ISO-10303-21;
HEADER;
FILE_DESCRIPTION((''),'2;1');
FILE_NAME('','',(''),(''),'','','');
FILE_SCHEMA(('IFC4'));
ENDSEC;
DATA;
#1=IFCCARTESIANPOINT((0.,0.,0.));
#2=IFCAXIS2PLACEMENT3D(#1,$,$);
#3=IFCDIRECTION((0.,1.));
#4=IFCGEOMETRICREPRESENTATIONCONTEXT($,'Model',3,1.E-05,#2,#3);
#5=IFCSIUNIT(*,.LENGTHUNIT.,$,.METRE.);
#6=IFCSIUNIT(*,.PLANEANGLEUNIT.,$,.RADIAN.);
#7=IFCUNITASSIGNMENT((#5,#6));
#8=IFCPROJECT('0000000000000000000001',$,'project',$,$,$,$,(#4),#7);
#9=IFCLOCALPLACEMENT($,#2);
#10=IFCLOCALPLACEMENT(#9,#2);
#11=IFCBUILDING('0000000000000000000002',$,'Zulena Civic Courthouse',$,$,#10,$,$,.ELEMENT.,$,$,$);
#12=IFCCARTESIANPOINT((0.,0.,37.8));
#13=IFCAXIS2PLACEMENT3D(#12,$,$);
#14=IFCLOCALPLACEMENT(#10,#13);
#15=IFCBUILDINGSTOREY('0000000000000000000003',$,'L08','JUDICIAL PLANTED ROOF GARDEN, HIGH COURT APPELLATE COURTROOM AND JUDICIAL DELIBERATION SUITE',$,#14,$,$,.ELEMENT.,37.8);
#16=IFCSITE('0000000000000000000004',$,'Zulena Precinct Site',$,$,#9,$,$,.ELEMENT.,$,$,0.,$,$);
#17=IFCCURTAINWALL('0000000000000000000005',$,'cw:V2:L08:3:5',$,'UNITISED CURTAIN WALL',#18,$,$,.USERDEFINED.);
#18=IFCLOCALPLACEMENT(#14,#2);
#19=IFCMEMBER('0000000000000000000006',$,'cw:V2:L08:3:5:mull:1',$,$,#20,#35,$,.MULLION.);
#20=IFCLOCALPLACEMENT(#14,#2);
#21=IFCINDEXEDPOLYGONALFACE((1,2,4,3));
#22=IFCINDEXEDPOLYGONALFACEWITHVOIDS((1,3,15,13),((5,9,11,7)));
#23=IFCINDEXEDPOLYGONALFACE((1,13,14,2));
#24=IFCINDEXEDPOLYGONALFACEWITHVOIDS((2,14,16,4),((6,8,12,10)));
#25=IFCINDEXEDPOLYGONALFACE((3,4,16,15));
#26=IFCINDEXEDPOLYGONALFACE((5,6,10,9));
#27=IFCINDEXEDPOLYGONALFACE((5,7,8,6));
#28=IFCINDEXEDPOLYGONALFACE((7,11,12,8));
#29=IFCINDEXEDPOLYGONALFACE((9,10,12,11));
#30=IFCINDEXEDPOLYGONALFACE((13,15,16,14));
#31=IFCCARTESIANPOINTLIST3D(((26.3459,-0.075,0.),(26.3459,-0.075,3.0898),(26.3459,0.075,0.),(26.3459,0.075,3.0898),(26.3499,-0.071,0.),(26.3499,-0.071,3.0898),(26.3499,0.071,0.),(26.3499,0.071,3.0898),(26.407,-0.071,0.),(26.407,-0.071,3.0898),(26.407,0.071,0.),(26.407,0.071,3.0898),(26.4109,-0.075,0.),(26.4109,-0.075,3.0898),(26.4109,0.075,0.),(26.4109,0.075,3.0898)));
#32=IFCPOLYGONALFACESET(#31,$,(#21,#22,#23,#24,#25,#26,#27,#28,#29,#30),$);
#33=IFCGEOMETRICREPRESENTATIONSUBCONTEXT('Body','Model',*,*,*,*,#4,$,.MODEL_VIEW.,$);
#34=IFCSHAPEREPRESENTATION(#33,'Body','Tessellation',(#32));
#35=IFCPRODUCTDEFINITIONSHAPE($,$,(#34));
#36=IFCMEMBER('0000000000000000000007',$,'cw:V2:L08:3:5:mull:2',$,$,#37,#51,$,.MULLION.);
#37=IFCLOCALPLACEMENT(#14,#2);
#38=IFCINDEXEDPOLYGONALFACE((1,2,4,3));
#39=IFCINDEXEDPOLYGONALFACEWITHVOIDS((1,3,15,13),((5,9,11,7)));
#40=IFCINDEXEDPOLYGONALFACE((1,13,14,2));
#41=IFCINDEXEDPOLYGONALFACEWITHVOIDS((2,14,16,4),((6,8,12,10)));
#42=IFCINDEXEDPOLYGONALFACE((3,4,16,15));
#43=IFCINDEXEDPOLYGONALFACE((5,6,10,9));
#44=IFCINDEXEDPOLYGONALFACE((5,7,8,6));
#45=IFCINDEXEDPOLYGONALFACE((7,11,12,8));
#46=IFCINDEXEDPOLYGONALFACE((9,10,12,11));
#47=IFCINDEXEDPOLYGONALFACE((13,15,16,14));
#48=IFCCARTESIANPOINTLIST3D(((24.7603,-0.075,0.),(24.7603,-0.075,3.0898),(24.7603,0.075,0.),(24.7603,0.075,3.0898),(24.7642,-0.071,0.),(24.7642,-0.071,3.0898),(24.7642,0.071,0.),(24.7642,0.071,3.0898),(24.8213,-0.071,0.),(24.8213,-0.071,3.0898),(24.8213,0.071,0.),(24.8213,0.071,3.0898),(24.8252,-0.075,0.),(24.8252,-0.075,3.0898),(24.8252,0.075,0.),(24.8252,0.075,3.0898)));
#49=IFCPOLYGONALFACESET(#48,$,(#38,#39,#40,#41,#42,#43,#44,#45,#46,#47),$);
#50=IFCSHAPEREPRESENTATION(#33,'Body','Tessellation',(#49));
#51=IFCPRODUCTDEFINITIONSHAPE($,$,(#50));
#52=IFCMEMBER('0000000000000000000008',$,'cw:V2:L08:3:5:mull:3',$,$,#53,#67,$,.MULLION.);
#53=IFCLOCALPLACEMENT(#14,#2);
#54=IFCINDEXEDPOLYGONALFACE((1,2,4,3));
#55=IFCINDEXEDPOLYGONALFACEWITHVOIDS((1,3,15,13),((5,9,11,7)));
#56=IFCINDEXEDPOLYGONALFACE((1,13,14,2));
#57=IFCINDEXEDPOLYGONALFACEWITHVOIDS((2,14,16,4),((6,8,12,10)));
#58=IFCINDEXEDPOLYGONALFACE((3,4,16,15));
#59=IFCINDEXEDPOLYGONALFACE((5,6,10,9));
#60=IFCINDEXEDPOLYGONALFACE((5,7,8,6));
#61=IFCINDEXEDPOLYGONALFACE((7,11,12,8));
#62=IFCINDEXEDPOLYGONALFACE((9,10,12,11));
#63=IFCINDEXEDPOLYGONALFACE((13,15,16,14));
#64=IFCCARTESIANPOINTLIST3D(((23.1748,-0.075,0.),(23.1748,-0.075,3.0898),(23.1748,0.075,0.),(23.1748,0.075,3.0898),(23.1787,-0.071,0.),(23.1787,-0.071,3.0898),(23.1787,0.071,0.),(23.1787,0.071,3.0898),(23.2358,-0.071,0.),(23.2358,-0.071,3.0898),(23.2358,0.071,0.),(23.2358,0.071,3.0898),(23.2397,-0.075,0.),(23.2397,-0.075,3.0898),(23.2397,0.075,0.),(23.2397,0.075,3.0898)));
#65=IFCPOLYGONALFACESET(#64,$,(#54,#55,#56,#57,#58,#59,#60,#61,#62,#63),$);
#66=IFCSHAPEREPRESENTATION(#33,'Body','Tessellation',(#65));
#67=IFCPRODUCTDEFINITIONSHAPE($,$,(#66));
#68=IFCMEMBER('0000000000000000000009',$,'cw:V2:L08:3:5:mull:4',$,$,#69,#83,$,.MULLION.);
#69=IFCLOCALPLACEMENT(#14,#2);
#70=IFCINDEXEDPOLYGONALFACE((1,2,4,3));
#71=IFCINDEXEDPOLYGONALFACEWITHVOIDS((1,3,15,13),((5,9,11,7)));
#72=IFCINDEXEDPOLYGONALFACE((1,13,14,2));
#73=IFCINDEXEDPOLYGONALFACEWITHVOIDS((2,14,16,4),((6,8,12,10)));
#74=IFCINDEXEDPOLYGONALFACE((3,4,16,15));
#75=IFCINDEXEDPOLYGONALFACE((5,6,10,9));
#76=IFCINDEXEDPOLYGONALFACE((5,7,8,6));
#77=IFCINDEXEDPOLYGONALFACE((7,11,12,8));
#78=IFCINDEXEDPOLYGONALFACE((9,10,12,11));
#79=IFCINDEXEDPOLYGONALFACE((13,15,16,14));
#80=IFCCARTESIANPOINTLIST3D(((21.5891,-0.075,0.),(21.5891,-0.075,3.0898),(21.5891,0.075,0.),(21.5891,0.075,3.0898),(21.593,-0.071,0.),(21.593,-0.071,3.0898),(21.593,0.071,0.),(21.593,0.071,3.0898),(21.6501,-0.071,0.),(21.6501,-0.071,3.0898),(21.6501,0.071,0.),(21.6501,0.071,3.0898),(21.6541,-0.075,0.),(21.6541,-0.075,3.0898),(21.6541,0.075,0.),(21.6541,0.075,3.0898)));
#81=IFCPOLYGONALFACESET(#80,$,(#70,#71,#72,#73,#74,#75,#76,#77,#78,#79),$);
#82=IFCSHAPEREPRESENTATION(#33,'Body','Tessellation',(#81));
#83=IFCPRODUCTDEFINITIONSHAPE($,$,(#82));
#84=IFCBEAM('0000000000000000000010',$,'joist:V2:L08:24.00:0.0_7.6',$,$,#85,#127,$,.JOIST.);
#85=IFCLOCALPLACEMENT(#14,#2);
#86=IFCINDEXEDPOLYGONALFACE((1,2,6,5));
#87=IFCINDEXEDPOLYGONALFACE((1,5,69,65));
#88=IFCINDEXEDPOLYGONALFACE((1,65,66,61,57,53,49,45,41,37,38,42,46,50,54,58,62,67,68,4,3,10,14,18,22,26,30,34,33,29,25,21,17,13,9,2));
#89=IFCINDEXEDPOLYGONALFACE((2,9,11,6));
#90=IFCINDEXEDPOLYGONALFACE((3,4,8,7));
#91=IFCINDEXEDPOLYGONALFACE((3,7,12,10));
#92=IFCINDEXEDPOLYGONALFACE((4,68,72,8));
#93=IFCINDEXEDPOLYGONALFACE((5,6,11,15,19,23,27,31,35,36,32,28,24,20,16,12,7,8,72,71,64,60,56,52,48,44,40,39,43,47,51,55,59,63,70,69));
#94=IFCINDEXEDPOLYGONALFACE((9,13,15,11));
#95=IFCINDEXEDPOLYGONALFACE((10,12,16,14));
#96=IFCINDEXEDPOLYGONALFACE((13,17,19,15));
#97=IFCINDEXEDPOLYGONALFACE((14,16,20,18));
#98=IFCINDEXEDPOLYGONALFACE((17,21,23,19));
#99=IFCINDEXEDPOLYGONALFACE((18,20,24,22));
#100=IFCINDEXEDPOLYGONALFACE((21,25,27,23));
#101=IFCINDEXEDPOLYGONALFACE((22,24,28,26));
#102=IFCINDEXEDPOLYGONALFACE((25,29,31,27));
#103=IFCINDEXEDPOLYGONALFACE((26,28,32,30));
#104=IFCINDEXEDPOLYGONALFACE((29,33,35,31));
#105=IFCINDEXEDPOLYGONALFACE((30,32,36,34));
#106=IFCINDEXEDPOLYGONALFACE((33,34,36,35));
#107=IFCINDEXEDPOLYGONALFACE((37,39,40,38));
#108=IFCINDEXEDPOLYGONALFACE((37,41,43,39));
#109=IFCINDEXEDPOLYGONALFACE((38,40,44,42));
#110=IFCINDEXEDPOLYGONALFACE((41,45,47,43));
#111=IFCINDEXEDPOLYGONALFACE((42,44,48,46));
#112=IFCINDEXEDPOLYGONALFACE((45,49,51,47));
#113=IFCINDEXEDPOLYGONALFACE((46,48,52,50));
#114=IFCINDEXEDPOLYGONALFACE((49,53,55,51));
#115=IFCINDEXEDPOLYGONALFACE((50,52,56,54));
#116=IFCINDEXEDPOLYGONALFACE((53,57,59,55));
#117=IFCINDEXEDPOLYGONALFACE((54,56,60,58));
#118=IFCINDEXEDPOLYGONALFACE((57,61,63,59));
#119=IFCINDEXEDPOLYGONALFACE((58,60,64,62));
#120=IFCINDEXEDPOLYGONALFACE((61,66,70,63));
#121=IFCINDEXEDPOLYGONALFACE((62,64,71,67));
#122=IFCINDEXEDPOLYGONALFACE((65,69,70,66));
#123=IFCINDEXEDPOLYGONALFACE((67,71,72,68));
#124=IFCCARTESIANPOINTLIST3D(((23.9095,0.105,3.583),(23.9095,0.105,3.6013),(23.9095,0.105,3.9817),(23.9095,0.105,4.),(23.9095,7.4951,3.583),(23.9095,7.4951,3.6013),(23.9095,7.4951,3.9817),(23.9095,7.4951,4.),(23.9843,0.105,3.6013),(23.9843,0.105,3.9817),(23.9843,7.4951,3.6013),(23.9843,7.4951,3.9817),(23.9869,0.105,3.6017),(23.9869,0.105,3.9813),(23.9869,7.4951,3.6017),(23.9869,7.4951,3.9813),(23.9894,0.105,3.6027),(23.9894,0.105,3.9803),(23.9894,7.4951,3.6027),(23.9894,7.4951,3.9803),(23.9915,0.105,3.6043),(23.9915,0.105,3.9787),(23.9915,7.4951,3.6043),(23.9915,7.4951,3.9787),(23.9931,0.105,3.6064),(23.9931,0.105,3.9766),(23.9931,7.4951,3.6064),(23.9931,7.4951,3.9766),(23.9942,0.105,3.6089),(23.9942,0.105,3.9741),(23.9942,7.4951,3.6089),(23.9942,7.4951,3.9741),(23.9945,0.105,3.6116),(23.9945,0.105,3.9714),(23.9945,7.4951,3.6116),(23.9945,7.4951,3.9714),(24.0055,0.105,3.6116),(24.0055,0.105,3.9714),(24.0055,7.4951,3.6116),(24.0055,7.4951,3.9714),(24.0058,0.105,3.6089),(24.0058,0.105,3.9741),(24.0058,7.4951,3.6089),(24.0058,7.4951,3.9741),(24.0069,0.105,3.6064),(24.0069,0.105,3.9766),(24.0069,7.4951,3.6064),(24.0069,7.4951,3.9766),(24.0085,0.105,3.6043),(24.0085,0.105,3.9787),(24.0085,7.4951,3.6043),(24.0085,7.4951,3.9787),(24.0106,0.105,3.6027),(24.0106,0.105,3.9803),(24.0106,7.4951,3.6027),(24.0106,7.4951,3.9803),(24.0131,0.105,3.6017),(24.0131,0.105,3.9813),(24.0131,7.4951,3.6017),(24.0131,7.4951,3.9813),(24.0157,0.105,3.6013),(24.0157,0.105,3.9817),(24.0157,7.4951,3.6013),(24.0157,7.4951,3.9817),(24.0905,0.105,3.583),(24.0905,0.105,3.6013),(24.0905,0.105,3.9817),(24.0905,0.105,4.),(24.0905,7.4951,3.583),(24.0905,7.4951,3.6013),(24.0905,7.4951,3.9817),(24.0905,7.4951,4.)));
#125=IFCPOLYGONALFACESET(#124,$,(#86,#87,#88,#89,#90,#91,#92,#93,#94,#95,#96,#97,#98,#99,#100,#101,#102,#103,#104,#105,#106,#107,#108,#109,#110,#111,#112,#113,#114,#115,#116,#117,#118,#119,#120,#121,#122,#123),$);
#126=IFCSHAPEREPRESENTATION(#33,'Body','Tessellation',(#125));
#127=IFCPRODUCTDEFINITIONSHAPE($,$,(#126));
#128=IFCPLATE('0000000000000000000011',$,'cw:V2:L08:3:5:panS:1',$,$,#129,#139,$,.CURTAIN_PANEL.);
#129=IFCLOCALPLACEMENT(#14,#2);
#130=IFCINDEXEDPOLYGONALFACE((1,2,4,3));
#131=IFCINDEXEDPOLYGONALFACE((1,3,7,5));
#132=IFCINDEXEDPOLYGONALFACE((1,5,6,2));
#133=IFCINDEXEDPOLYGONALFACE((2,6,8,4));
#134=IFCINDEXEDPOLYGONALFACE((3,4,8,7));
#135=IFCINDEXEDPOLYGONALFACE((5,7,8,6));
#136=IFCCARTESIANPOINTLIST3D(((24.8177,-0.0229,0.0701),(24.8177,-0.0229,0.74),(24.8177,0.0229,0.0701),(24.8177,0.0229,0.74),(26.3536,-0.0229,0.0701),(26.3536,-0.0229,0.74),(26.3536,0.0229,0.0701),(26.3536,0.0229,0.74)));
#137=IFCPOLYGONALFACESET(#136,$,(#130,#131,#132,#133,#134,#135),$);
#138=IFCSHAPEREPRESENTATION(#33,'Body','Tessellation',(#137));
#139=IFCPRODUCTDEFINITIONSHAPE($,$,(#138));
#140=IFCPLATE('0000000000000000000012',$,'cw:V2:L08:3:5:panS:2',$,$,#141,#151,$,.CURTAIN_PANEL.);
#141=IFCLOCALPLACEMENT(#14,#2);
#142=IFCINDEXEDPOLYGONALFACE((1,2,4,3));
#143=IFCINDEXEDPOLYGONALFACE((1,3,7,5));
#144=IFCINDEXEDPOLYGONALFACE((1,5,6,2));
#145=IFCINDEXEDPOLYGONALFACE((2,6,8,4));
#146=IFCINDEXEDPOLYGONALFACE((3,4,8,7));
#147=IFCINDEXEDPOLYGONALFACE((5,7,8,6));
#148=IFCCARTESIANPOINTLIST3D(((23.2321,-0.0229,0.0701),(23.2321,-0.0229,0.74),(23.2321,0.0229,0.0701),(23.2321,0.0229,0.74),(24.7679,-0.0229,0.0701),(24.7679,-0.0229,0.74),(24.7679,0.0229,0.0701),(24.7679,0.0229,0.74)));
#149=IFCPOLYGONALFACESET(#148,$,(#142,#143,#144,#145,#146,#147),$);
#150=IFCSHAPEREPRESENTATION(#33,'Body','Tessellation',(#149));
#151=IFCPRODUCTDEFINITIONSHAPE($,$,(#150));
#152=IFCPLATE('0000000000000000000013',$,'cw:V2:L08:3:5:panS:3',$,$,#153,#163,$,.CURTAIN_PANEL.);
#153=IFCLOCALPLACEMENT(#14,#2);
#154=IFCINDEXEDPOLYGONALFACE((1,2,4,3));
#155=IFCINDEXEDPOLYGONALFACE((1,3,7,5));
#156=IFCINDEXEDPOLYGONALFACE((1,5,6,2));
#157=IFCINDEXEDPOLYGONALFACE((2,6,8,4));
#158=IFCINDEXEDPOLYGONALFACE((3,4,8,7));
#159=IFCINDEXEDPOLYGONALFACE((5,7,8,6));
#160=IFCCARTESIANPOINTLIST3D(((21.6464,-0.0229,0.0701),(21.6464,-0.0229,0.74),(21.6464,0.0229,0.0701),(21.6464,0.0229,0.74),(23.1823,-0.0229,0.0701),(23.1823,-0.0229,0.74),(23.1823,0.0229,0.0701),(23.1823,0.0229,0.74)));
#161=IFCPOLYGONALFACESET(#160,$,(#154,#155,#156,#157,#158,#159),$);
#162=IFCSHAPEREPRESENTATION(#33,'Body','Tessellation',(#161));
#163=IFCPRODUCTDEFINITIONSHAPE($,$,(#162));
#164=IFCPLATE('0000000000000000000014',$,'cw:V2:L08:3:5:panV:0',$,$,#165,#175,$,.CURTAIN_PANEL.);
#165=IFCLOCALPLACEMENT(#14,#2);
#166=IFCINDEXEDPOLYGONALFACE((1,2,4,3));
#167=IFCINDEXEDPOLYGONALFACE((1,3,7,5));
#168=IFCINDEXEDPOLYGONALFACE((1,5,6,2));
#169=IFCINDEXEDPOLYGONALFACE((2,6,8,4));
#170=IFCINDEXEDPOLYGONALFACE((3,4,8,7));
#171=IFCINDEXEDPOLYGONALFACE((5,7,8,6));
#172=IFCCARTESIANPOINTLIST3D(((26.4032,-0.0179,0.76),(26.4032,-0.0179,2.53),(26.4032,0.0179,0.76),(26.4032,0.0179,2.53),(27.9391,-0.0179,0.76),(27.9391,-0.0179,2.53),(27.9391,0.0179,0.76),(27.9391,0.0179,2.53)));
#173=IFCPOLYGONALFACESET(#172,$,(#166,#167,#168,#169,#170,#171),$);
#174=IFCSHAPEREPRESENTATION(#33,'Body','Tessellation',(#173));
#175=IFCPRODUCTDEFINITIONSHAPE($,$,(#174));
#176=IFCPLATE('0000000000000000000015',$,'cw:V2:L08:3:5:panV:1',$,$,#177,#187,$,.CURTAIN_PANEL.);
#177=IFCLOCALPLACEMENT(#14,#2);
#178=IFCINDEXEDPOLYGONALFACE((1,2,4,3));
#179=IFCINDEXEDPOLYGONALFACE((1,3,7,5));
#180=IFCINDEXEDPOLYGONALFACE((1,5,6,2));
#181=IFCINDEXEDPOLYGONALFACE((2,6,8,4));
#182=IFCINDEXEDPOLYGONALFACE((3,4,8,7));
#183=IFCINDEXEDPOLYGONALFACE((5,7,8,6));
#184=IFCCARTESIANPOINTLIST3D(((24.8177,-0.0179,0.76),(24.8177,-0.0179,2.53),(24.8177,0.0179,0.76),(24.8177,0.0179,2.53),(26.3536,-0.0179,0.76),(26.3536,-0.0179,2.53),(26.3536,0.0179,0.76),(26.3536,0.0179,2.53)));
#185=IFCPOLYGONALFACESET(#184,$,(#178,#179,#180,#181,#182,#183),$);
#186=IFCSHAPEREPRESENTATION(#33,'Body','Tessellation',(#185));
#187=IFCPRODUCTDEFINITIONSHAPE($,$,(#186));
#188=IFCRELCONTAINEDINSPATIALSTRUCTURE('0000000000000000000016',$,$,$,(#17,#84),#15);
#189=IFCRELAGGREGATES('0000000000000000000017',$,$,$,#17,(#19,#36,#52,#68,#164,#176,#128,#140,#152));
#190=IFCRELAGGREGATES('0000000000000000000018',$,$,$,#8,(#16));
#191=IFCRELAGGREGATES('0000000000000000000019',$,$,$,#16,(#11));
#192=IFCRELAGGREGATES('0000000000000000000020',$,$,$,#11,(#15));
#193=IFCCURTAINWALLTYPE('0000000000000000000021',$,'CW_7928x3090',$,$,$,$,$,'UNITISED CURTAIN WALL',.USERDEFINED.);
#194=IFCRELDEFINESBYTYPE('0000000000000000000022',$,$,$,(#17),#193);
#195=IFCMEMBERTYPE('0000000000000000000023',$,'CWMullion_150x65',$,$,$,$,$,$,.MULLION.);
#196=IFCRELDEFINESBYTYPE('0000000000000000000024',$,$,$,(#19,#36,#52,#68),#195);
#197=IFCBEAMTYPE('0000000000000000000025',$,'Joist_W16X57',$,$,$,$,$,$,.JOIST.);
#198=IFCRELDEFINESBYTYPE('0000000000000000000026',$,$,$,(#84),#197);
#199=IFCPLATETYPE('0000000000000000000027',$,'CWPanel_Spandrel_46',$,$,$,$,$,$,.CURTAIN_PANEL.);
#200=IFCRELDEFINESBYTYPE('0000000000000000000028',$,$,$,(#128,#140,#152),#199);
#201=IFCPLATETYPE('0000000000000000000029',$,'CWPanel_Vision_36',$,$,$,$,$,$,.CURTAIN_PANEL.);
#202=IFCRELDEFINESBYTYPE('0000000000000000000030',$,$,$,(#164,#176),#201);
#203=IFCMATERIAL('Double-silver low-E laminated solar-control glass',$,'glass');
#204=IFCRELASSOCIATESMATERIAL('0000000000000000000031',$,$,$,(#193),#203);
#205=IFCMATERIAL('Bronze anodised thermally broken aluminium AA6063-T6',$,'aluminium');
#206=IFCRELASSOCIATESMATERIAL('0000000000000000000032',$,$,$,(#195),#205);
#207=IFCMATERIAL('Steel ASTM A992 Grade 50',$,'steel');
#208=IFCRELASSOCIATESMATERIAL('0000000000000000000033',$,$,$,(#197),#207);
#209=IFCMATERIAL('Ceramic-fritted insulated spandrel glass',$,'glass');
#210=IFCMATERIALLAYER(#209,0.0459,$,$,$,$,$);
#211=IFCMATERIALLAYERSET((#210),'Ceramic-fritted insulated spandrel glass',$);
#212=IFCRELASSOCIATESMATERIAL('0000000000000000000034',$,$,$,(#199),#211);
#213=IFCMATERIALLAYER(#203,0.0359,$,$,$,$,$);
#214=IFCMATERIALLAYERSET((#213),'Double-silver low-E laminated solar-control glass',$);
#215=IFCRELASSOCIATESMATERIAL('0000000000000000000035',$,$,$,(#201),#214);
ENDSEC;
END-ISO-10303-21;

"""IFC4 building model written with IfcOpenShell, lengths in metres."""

from ifc_helpers import new_model, si_unit, direction, frame, origin, origin_2d, place, context, subcontext, project, spatial, rectangle, hollow_rectangle, i_section, extrude, material, layer, layer_set, material_profile, profile_set, type_object, element, aggregate, save


model = new_model("IFC4")

# Units and contexts
model_context = context("Model", 3, precision=1e-05, world=origin(), true_north=direction((0.0, 1.0)))
body_context = subcontext(model_context, "Body", "Model", "MODEL_VIEW")
ifc_project = project(units=[si_unit("LENGTHUNIT", "METRE"), si_unit("PLANEANGLEUNIT", "RADIAN")], contexts=[model_context])

# Site, building, storey
site_placement = place(None, origin())
site = spatial("IfcSite", under=ifc_project, at=site_placement, Name="Zulena Precinct Site", CompositionType="ELEMENT", RefElevation=0.0)
building_placement = place(site_placement, origin())
building = spatial("IfcBuilding", under=site, at=building_placement, Name="Zulena Civic Courthouse", CompositionType="ELEMENT")
storey_placement = place(building_placement, frame((0.0, 0.0, 37.8)))
storey = spatial("IfcBuildingStorey", under=building, at=storey_placement, Name="L08", Description="JUDICIAL PLANTED ROOF GARDEN, HIGH COURT APPELLATE COURTROOM AND JUDICIAL DELIBERATION SUITE", CompositionType="ELEMENT", Elevation=37.8)

# Curtain wall, members
ifc_material_1 = material(Name="Double-silver low-E laminated solar-control glass", Category="glass")
curtain_wall_type = type_object("IfcCurtainWallType", Name="CW_7928x3090", ElementType="UNITISED CURTAIN WALL", PredefinedType="USERDEFINED", material=ifc_material_1)
curtain_wall_placement = place(storey_placement, origin())
curtain_wall = element("IfcCurtainWall", 1, at=curtain_wall_placement, inside=storey, type_object=curtain_wall_type, Name="cw:V2:L08:3:5", ObjectType="UNITISED CURTAIN WALL", PredefinedType="USERDEFINED")
ifc_material_2 = material(Name="Bronze anodised thermally broken aluminium AA6063-T6", Category="aluminium")
ifc_material_profile_1 = material_profile(ifc_material_2, hollow_rectangle(XDim=0.0649, YDim=0.1499, WallThickness=0.0039, at=origin_2d()), Name="CWM150X65X4")
ifc_profile_set_1 = profile_set([ifc_material_profile_1], Name="Bronze anodised thermally broken aluminium AA6063-T6")
member_type = type_object("IfcMemberType", Name="CWMullion_150x65", PredefinedType="MULLION", material=ifc_profile_set_1)
member_1_placement = place(storey_placement, frame((26.3784, 0.0, 0.0), z_axis=(0.0, 0.0, 1.0), x_axis=(1.0, 0.0, 0.0)))
member_1 = element("IfcMember", 2, at=member_1_placement, type_object=member_type, Name="cw:V2:L08:3:5:mull:1", PredefinedType="MULLION", context=body_context, shape_type="SweptSolid", body=[
    extrude(hollow_rectangle(XDim=0.0649, YDim=0.1499, WallThickness=0.0039, at=origin_2d()), origin(), (0.0, 0.0, 1.0), 3.0898),
])
member_2_placement = place(storey_placement, frame((24.7927, 0.0, 0.0), z_axis=(0.0, 0.0, 1.0), x_axis=(1.0, 0.0, 0.0)))
member_2 = element("IfcMember", 3, at=member_2_placement, type_object=member_type, Name="cw:V2:L08:3:5:mull:2", PredefinedType="MULLION", context=body_context, shape_type="SweptSolid", body=[
    extrude(hollow_rectangle(XDim=0.0649, YDim=0.1499, WallThickness=0.0039, at=origin_2d()), origin(), (0.0, 0.0, 1.0), 3.0898),
])
member_3_placement = place(storey_placement, frame((23.2073, 0.0, 0.0), z_axis=(0.0, 0.0, 1.0), x_axis=(1.0, 0.0, 0.0)))
member_3 = element("IfcMember", 4, at=member_3_placement, type_object=member_type, Name="cw:V2:L08:3:5:mull:3", PredefinedType="MULLION", context=body_context, shape_type="SweptSolid", body=[
    extrude(hollow_rectangle(XDim=0.0649, YDim=0.1499, WallThickness=0.0039, at=origin_2d()), origin(), (0.0, 0.0, 1.0), 3.0898),
])
member_4_placement = place(storey_placement, frame((21.6216, 0.0, 0.0), z_axis=(0.0, 0.0, 1.0), x_axis=(1.0, 0.0, 0.0)))
member_4 = element("IfcMember", 5, at=member_4_placement, type_object=member_type, Name="cw:V2:L08:3:5:mull:4", PredefinedType="MULLION", context=body_context, shape_type="SweptSolid", body=[
    extrude(hollow_rectangle(XDim=0.0649, YDim=0.1499, WallThickness=0.0039, at=origin_2d()), origin(), (0.0, 0.0, 1.0), 3.0898),
])

# Beam
ifc_material_3 = material(Name="Steel ASTM A992 Grade 50", Category="steel")
ifc_material_profile_2 = material_profile(ifc_material_3, i_section(OverallWidth=0.1809, OverallDepth=0.417, WebThickness=0.011, FlangeThickness=0.0183, FilletRadius=0.0103, at=origin_2d()), Name="W16X57")
ifc_profile_set_2 = profile_set([ifc_material_profile_2], Name="Steel ASTM A992 Grade 50")
beam_type = type_object("IfcBeamType", Name="Joist_W16X57", PredefinedType="JOIST", material=ifc_profile_set_2)
beam_placement = place(storey_placement, frame((24.0, 0.105, 3.7915), z_axis=(0.0, 1.0, 0.0), x_axis=(-1.0, 0.0, 0.0)))
element("IfcBeam", 6, at=beam_placement, inside=storey, type_object=beam_type, Name="joist:V2:L08:24.00:0.0_7.6", PredefinedType="JOIST", context=body_context, shape_type="SweptSolid", body=[
    extrude(i_section(OverallWidth=0.1809, OverallDepth=0.417, WebThickness=0.011, FlangeThickness=0.0183, FilletRadius=0.0103, at=origin_2d()), origin(), (0.0, 0.0, 1.0), 7.3901),
])

# Plates
ifc_material_4 = material(Name="Ceramic-fritted insulated spandrel glass", Category="glass")
ifc_layer_1 = layer(ifc_material_4, 0.0459)
ifc_layer_set_1 = layer_set([ifc_layer_1], Name="Ceramic-fritted insulated spandrel glass")
plate_type_1 = type_object("IfcPlateType", Name="CWPanel_Spandrel_46", PredefinedType="CURTAIN_PANEL", material=ifc_layer_set_1)
plate_1_placement = place(storey_placement, frame((25.5857, 0.0, 0.0701), z_axis=(0.0, 0.0, 1.0), x_axis=(-1.0, 0.0, 0.0)))
plate_1 = element("IfcPlate", 7, at=plate_1_placement, type_object=plate_type_1, Name="cw:V2:L08:3:5:panS:1", PredefinedType="CURTAIN_PANEL", context=body_context, shape_type="SweptSolid", body=[
    extrude(rectangle(XDim=1.5359, YDim=0.0459, at=origin_2d()), origin(), (0.0, 0.0, 1.0), 0.6699),
])
plate_2_placement = place(storey_placement, frame((24.0, 0.0, 0.0701), z_axis=(0.0, 0.0, 1.0), x_axis=(-1.0, 0.0, 0.0)))
plate_2 = element("IfcPlate", 8, at=plate_2_placement, type_object=plate_type_1, Name="cw:V2:L08:3:5:panS:2", PredefinedType="CURTAIN_PANEL", context=body_context, shape_type="SweptSolid", body=[
    extrude(rectangle(XDim=1.5359, YDim=0.0459, at=origin_2d()), origin(), (0.0, 0.0, 1.0), 0.6699),
])
plate_3_placement = place(storey_placement, frame((22.4143, 0.0, 0.0701), z_axis=(0.0, 0.0, 1.0), x_axis=(-1.0, 0.0, 0.0)))
plate_3 = element("IfcPlate", 9, at=plate_3_placement, type_object=plate_type_1, Name="cw:V2:L08:3:5:panS:3", PredefinedType="CURTAIN_PANEL", context=body_context, shape_type="SweptSolid", body=[
    extrude(rectangle(XDim=1.5359, YDim=0.0459, at=origin_2d()), origin(), (0.0, 0.0, 1.0), 0.6699),
])
ifc_layer_2 = layer(ifc_material_1, 0.0359)
ifc_layer_set_2 = layer_set([ifc_layer_2], Name="Double-silver low-E laminated solar-control glass")
plate_type_2 = type_object("IfcPlateType", Name="CWPanel_Vision_36", PredefinedType="CURTAIN_PANEL", material=ifc_layer_set_2)
plate_4_placement = place(storey_placement, frame((27.1711, 0.0, 0.76), z_axis=(0.0, 0.0, 1.0), x_axis=(-1.0, 0.0, 0.0)))
plate_4 = element("IfcPlate", 10, at=plate_4_placement, type_object=plate_type_2, Name="cw:V2:L08:3:5:panV:0", PredefinedType="CURTAIN_PANEL", context=body_context, shape_type="SweptSolid", body=[
    extrude(rectangle(XDim=1.5359, YDim=0.0359, at=origin_2d()), origin(), (0.0, 0.0, 1.0), 1.77),
])
plate_5_placement = place(storey_placement, frame((25.5857, 0.0, 0.76), z_axis=(0.0, 0.0, 1.0), x_axis=(-1.0, 0.0, 0.0)))
plate_5 = element("IfcPlate", 11, at=plate_5_placement, type_object=plate_type_2, Name="cw:V2:L08:3:5:panV:1", PredefinedType="CURTAIN_PANEL", context=body_context, shape_type="SweptSolid", body=[
    extrude(rectangle(XDim=1.5359, YDim=0.0359, at=origin_2d()), origin(), (0.0, 0.0, 1.0), 1.77),
])
aggregate(curtain_wall, [member_1, member_2, member_3, member_4, plate_4, plate_5, plate_1, plate_2, plate_3])

save(model, "model.ifc")
